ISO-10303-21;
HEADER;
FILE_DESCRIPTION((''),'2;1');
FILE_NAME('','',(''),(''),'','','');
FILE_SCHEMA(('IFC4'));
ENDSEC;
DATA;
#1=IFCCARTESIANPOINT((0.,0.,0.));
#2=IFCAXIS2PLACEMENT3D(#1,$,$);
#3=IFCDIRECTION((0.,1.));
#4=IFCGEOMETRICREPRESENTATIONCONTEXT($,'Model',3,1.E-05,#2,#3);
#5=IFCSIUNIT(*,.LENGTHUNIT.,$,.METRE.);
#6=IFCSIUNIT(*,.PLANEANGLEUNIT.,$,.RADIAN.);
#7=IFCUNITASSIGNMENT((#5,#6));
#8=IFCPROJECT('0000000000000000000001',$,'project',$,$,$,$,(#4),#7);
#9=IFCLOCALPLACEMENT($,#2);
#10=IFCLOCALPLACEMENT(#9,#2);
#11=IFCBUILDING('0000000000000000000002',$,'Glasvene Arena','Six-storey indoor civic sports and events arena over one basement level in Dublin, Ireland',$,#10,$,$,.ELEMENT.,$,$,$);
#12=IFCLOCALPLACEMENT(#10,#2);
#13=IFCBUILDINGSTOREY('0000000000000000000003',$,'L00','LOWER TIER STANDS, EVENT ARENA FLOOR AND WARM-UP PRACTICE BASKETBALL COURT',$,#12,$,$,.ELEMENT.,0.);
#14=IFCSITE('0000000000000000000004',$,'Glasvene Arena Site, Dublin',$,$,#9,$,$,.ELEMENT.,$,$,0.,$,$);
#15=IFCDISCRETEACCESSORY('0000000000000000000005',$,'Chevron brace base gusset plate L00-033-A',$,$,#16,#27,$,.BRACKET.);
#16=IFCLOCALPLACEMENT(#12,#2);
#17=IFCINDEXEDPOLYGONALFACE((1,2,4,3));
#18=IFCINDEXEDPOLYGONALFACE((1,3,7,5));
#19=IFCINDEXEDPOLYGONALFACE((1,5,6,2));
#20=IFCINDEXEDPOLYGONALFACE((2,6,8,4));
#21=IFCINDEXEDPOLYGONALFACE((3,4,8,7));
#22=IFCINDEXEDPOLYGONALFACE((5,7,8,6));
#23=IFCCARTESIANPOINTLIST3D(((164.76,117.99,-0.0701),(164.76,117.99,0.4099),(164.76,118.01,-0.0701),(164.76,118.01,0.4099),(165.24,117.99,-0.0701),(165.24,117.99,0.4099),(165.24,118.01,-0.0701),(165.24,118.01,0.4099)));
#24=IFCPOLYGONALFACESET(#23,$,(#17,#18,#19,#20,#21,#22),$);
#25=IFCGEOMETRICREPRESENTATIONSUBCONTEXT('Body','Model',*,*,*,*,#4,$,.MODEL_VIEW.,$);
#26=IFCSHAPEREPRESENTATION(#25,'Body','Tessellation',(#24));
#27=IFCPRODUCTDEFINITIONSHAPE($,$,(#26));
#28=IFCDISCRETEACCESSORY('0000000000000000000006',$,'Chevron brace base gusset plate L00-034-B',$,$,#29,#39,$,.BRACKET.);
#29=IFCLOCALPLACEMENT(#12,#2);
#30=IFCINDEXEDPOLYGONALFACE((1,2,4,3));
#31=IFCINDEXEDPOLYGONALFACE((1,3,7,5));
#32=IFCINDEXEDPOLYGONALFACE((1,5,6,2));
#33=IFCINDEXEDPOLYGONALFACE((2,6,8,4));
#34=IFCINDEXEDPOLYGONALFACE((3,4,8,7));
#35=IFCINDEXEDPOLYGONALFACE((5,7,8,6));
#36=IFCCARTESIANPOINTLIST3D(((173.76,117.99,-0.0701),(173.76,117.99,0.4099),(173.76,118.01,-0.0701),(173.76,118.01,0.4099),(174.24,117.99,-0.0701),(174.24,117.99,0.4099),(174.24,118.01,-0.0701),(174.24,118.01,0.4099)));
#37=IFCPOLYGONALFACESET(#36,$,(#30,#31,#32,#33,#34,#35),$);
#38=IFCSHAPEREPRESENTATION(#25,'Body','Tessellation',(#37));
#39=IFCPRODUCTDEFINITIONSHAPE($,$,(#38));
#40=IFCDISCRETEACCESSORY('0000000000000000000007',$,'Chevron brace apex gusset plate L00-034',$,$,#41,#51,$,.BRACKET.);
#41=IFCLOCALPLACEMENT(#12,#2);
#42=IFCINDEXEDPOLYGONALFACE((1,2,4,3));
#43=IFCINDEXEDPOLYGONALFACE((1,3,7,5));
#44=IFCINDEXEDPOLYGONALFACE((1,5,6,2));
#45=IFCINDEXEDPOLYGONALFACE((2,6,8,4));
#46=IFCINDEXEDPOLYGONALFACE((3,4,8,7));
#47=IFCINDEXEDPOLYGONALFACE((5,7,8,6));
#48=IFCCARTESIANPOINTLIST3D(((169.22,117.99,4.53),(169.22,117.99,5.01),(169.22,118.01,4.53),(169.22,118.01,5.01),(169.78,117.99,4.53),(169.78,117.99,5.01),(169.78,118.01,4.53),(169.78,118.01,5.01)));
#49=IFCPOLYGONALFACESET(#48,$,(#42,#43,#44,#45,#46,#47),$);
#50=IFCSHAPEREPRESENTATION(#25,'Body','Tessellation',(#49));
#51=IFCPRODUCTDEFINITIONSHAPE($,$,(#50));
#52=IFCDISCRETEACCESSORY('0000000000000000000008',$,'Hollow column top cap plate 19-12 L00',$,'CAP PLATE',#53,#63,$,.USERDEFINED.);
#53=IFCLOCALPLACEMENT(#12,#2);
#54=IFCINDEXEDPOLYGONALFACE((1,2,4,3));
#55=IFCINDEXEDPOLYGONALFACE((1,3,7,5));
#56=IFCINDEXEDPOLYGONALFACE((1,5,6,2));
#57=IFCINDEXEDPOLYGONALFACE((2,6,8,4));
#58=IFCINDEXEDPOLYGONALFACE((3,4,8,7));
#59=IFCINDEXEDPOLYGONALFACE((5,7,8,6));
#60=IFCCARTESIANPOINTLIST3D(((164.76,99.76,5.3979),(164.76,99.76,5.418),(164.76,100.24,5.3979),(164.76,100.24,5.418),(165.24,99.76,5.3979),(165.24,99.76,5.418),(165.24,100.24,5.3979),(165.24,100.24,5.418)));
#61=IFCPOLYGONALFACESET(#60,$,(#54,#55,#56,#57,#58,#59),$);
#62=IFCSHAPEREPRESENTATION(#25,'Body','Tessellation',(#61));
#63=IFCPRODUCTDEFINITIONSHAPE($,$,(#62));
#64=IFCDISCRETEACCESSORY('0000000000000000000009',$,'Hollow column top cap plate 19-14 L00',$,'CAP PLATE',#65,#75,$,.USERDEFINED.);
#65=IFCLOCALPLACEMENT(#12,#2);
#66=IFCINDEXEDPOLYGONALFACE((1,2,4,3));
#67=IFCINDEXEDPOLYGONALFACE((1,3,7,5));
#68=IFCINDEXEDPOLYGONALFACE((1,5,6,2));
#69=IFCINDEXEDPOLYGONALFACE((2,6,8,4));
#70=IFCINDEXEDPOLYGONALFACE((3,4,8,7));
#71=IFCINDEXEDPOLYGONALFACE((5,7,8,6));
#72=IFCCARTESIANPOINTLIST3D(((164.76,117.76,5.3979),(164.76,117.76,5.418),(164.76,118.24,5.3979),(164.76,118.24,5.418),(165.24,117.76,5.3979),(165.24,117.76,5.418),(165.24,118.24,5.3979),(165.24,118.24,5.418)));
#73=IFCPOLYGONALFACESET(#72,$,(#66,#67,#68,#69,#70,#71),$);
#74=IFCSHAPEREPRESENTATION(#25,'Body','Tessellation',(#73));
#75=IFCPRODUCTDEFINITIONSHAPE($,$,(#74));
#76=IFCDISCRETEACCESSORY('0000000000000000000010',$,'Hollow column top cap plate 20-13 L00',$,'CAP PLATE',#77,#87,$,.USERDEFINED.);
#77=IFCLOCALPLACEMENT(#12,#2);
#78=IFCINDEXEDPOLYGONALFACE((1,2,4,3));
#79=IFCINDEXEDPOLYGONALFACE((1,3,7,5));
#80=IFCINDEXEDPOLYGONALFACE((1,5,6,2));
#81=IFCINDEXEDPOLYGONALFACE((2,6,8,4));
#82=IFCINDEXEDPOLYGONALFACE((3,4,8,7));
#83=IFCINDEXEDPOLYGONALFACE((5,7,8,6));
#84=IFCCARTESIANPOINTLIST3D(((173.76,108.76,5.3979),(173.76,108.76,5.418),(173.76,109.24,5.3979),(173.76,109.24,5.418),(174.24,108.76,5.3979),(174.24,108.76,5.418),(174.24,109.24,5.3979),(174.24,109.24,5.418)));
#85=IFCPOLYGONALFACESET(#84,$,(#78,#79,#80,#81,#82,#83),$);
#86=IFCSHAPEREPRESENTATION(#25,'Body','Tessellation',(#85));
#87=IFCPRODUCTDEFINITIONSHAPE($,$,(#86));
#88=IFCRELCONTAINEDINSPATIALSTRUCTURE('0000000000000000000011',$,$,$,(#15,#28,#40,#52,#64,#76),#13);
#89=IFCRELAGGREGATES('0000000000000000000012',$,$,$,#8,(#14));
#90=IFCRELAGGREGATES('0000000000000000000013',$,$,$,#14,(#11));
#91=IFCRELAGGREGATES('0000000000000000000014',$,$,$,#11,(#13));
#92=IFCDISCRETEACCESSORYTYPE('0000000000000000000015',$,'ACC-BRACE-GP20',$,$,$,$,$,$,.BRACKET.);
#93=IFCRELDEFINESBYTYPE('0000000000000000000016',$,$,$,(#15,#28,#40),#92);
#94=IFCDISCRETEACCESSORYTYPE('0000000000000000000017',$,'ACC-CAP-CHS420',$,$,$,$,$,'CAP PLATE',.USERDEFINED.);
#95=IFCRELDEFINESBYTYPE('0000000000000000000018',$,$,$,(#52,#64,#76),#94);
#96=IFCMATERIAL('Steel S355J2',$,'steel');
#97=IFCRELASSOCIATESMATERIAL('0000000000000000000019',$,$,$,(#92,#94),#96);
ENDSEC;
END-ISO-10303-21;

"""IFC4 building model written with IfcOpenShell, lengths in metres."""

from ifc_helpers import new_model, si_unit, direction, frame, origin, origin_2d, place, context, subcontext, project, spatial, rectangle, extrude, material, type_object, element, save


model = new_model("IFC4")

# Units and contexts
model_context = context("Model", 3, precision=1e-05, world=origin(), true_north=direction((0.0, 1.0)))
body_context = subcontext(model_context, "Body", "Model", "MODEL_VIEW")
ifc_project = project(units=[si_unit("LENGTHUNIT", "METRE"), si_unit("PLANEANGLEUNIT", "RADIAN")], contexts=[model_context])

# Site, building, storey
site_placement = place(None, origin())
site = spatial("IfcSite", under=ifc_project, at=site_placement, Name="Glasvene Arena Site, Dublin", CompositionType="ELEMENT", RefElevation=0.0)
building_placement = place(site_placement, origin())
building = spatial("IfcBuilding", under=site, at=building_placement, Name="Glasvene Arena", Description="Six-storey indoor civic sports and events arena over one basement level in Dublin, Ireland", CompositionType="ELEMENT")
storey_placement = place(building_placement, origin())
storey = spatial("IfcBuildingStorey", under=building, at=storey_placement, Name="L00", Description="LOWER TIER STANDS, EVENT ARENA FLOOR AND WARM-UP PRACTICE BASKETBALL COURT", CompositionType="ELEMENT", Elevation=0.0)

# Shared definitions
ifc_material_1 = material(Name="Steel S355J2", Category="steel")

# Discrete accessories
discrete_accessory_type_1 = type_object("IfcDiscreteAccessoryType", Name="ACC-BRACE-GP20", PredefinedType="BRACKET", material=ifc_material_1)
for number, where, z_axis, x_axis, name in (
    (1, (165.0, 118.0, -0.0701), (0.0, 0.0, 1.0), (1.0, 0.0, 0.0), "Chevron brace base gusset plate L00-033-A"),
    (2, (174.0, 118.0, -0.0701), (0.0, 0.0, 1.0), (1.0, 0.0, 0.0), "Chevron brace base gusset plate L00-034-B"),
):
    element("IfcDiscreteAccessory", number, at=place(storey_placement, frame(where, z_axis=z_axis, x_axis=x_axis)), inside=storey, type_object=discrete_accessory_type_1, Name=name, PredefinedType="BRACKET", context=body_context, shape_type="SweptSolid", body=[
        extrude(rectangle(XDim=0.48, YDim=0.02, at=origin_2d()), origin(), (0.0, 0.0, 1.0), 0.48),
    ])
discrete_accessory_1_placement = place(storey_placement, frame((169.5, 118.0, 4.53), z_axis=(0.0, 0.0, 1.0), x_axis=(1.0, 0.0, 0.0)))
element("IfcDiscreteAccessory", 3, at=discrete_accessory_1_placement, inside=storey, type_object=discrete_accessory_type_1, Name="Chevron brace apex gusset plate L00-034", PredefinedType="BRACKET", context=body_context, shape_type="SweptSolid", body=[
    extrude(rectangle(XDim=0.5601, YDim=0.02, at=origin_2d()), origin(), (0.0, 0.0, 1.0), 0.48),
])
discrete_accessory_type_2 = type_object("IfcDiscreteAccessoryType", Name="ACC-CAP-CHS420", ElementType="CAP PLATE", PredefinedType="USERDEFINED", material=ifc_material_1)
for number, where, z_axis, x_axis, name in (
    (4, (165.0, 100.0, 5.3979), (0.0, 0.0, 1.0), (1.0, 0.0, 0.0), "Hollow column top cap plate 19-12 L00"),
    (5, (165.0, 118.0, 5.3979), (0.0, 0.0, 1.0), (1.0, 0.0, 0.0), "Hollow column top cap plate 19-14 L00"),
    (6, (174.0, 109.0, 5.3979), (0.0, 0.0, 1.0), (1.0, 0.0, 0.0), "Hollow column top cap plate 20-13 L00"),
):
    element("IfcDiscreteAccessory", number, at=place(storey_placement, frame(where, z_axis=z_axis, x_axis=x_axis)), inside=storey, type_object=discrete_accessory_type_2, Name=name, ObjectType="CAP PLATE", PredefinedType="USERDEFINED", context=body_context, shape_type="SweptSolid", body=[
        extrude(rectangle(XDim=0.48, YDim=0.48, at=origin_2d()), origin(), (0.0, 0.0, 1.0), 0.02),
    ])

save(model, "model.ifc")
